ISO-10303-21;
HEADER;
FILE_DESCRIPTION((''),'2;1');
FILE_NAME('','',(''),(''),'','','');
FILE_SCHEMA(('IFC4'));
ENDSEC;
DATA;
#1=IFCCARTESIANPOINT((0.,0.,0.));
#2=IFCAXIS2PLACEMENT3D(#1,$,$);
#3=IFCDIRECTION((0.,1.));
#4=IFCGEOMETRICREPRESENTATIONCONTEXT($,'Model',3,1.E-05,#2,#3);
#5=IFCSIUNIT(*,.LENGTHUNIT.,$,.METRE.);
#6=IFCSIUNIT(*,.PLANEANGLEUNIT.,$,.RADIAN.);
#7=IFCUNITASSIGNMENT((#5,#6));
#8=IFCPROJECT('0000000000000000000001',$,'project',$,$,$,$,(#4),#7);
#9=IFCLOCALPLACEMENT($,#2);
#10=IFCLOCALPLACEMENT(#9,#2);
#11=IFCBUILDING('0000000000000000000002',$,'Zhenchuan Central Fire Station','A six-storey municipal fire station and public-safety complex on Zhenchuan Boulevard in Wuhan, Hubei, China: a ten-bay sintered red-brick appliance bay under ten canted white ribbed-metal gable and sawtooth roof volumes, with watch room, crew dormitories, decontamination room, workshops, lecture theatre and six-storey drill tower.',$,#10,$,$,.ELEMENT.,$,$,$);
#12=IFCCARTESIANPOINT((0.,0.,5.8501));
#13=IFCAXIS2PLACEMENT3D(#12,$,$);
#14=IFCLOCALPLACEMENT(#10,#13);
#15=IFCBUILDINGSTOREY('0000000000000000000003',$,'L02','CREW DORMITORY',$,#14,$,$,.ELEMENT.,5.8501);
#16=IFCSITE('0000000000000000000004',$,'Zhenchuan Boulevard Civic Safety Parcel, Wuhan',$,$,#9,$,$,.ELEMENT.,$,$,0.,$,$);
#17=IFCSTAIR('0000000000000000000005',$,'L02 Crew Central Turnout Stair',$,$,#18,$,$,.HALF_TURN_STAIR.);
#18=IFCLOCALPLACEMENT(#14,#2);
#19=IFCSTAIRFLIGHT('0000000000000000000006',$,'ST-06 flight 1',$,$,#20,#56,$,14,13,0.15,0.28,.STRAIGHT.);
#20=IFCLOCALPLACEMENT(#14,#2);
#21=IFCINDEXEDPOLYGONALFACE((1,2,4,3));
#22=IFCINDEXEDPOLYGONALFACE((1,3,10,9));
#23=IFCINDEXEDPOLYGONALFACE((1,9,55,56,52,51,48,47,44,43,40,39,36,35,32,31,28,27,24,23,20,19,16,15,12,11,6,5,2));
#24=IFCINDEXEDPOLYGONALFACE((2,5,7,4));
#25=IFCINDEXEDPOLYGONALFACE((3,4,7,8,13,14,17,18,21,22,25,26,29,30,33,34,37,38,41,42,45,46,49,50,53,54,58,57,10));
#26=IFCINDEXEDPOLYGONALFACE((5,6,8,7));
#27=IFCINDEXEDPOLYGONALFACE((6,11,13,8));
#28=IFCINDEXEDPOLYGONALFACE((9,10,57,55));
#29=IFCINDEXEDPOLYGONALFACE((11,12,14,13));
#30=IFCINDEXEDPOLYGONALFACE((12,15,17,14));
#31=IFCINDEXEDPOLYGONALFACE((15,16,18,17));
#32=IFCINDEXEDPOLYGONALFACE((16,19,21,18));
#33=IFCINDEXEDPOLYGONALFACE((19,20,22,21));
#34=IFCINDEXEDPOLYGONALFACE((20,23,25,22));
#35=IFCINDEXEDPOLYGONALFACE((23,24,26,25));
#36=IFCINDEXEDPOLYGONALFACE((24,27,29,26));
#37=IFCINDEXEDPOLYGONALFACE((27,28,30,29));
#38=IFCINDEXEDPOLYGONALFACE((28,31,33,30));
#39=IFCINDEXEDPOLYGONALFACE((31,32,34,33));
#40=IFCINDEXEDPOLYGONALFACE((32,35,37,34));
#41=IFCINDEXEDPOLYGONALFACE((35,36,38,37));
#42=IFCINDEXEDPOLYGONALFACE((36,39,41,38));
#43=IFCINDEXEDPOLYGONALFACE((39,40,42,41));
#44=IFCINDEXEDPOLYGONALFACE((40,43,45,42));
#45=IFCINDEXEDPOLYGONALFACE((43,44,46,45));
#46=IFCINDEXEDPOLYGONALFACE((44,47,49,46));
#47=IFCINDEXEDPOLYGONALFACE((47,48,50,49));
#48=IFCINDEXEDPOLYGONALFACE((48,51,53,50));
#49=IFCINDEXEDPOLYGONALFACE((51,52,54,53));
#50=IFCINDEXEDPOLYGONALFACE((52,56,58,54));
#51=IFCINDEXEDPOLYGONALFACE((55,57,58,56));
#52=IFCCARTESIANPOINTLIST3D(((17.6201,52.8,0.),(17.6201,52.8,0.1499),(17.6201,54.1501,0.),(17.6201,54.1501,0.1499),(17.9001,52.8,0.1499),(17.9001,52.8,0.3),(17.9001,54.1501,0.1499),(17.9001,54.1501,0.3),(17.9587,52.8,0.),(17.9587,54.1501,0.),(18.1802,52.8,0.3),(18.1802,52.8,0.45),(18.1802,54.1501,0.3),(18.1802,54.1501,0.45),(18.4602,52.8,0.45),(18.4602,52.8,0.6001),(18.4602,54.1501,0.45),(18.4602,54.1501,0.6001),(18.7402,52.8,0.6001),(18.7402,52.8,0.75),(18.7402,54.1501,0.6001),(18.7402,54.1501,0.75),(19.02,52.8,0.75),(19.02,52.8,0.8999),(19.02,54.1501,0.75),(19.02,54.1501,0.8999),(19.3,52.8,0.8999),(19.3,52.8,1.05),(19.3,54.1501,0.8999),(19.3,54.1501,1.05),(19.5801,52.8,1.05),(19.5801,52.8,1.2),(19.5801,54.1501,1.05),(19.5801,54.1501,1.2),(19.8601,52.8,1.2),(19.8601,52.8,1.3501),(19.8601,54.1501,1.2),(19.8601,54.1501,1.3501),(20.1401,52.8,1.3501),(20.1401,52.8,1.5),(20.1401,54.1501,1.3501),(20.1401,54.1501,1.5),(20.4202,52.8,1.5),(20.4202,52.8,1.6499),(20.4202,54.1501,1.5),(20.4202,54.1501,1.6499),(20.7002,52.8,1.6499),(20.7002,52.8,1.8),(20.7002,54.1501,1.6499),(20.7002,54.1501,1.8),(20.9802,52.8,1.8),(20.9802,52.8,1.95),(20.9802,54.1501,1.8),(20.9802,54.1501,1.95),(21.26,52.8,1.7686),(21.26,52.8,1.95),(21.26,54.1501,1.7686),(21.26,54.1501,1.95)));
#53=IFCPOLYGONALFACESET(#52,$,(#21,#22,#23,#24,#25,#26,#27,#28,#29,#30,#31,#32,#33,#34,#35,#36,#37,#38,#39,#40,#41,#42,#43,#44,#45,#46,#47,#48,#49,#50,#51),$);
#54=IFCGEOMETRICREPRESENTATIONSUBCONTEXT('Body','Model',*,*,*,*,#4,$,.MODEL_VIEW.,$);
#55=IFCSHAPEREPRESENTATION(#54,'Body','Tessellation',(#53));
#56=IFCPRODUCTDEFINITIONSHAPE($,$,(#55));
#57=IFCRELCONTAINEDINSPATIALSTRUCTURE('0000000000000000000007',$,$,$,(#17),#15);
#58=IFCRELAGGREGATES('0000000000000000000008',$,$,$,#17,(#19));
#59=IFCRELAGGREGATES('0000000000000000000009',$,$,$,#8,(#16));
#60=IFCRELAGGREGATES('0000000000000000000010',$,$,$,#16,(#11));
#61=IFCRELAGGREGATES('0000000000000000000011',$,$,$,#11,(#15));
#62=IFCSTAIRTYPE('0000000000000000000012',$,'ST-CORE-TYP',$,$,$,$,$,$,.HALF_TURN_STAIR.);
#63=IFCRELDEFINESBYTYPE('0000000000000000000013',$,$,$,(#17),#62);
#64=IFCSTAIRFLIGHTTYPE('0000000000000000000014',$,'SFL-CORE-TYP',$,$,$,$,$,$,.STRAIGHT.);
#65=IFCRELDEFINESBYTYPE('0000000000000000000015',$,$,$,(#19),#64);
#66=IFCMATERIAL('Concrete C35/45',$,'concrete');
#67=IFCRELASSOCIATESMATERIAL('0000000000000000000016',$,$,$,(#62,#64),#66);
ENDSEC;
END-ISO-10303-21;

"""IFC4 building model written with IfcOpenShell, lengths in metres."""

from ifc_helpers import new_model, si_unit, direction, frame, origin, place, context, subcontext, project, spatial, polyline, outline, extrude, material, type_object, element, aggregate, save


model = new_model("IFC4")

# Units and contexts
model_context = context("Model", 3, precision=1e-05, world=origin(), true_north=direction((0.0, 1.0)))
body_context = subcontext(model_context, "Body", "Model", "MODEL_VIEW")
ifc_project = project(units=[si_unit("LENGTHUNIT", "METRE"), si_unit("PLANEANGLEUNIT", "RADIAN")], contexts=[model_context])

# Site, building, storey
site_placement = place(None, origin())
site = spatial("IfcSite", under=ifc_project, at=site_placement, Name="Zhenchuan Boulevard Civic Safety Parcel, Wuhan", CompositionType="ELEMENT", RefElevation=0.0)
building_placement = place(site_placement, origin())
building = spatial("IfcBuilding", under=site, at=building_placement, Name="Zhenchuan Central Fire Station", Description="A six-storey municipal fire station and public-safety complex on Zhenchuan Boulevard in Wuhan, Hubei, China: a ten-bay sintered red-brick appliance bay under ten canted white ribbed-metal gable and sawtooth roof volumes, with watch room, crew dormitories, decontamination room, workshops, lecture theatre and six-storey drill tower.", CompositionType="ELEMENT")
storey_placement = place(building_placement, frame((0.0, 0.0, 5.8501)))
storey = spatial("IfcBuildingStorey", under=building, at=storey_placement, Name="L02", Description="CREW DORMITORY", CompositionType="ELEMENT", Elevation=5.8501)

# Stair, stair flight
ifc_material_1 = material(Name="Concrete C35/45", Category="concrete")
stair_type = type_object("IfcStairType", Name="ST-CORE-TYP", PredefinedType="HALF_TURN_STAIR", material=ifc_material_1)
stair_placement = place(storey_placement, origin())
stair = element("IfcStair", 1, at=stair_placement, inside=storey, type_object=stair_type, Name="L02 Crew Central Turnout Stair", PredefinedType="HALF_TURN_STAIR")
stair_flight_type = type_object("IfcStairFlightType", Name="SFL-CORE-TYP", PredefinedType="STRAIGHT", material=ifc_material_1)
stair_flight_placement = place(storey_placement, frame((17.6201, 53.4751, 0.0), z_axis=(0.0, 0.0, 1.0), x_axis=(1.0, 0.0, 0.0)))
stair_flight = element("IfcStairFlight", 2, at=stair_flight_placement, type_object=stair_flight_type, Name="ST-06 flight 1", NumberOfRisers=14, NumberOfTreads=13, PredefinedType="STRAIGHT", RiserHeight=0.15, TreadLength=0.28, context=body_context, shape_type="SweptSolid", body=[
    extrude(outline(polyline([(0.0, 0.0), (0.0, 0.1499), (0.28, 0.1499), (0.28, 0.3), (0.5601, 0.3), (0.5601, 0.45), (0.8401, 0.45), (0.8401, 0.6001), (1.1201, 0.6001), (1.1201, 0.75), (1.3999, 0.75), (1.3999, 0.8999), (1.6799, 0.8999), (1.6799, 1.05), (1.96, 1.05), (1.96, 1.2), (2.24, 1.2), (2.24, 1.3501), (2.52, 1.3501), (2.52, 1.5), (2.8, 1.5), (2.8, 1.6499), (3.0801, 1.6499), (3.0801, 1.8), (3.3601, 1.8), (3.3601, 1.95), (3.6399, 1.95), (3.6399, 2.1001), (3.6399, 1.7686), (0.3386, 0.0), (0.0, 0.0)])), frame((0.0, 0.675, 0.0), z_axis=(0.0, -1.0, 0.0), x_axis=(1.0, 0.0, 0.0)), (0.0, 0.0, 1.0), 1.3501),
])
aggregate(stair, [stair_flight])

save(model, "model.ifc")
